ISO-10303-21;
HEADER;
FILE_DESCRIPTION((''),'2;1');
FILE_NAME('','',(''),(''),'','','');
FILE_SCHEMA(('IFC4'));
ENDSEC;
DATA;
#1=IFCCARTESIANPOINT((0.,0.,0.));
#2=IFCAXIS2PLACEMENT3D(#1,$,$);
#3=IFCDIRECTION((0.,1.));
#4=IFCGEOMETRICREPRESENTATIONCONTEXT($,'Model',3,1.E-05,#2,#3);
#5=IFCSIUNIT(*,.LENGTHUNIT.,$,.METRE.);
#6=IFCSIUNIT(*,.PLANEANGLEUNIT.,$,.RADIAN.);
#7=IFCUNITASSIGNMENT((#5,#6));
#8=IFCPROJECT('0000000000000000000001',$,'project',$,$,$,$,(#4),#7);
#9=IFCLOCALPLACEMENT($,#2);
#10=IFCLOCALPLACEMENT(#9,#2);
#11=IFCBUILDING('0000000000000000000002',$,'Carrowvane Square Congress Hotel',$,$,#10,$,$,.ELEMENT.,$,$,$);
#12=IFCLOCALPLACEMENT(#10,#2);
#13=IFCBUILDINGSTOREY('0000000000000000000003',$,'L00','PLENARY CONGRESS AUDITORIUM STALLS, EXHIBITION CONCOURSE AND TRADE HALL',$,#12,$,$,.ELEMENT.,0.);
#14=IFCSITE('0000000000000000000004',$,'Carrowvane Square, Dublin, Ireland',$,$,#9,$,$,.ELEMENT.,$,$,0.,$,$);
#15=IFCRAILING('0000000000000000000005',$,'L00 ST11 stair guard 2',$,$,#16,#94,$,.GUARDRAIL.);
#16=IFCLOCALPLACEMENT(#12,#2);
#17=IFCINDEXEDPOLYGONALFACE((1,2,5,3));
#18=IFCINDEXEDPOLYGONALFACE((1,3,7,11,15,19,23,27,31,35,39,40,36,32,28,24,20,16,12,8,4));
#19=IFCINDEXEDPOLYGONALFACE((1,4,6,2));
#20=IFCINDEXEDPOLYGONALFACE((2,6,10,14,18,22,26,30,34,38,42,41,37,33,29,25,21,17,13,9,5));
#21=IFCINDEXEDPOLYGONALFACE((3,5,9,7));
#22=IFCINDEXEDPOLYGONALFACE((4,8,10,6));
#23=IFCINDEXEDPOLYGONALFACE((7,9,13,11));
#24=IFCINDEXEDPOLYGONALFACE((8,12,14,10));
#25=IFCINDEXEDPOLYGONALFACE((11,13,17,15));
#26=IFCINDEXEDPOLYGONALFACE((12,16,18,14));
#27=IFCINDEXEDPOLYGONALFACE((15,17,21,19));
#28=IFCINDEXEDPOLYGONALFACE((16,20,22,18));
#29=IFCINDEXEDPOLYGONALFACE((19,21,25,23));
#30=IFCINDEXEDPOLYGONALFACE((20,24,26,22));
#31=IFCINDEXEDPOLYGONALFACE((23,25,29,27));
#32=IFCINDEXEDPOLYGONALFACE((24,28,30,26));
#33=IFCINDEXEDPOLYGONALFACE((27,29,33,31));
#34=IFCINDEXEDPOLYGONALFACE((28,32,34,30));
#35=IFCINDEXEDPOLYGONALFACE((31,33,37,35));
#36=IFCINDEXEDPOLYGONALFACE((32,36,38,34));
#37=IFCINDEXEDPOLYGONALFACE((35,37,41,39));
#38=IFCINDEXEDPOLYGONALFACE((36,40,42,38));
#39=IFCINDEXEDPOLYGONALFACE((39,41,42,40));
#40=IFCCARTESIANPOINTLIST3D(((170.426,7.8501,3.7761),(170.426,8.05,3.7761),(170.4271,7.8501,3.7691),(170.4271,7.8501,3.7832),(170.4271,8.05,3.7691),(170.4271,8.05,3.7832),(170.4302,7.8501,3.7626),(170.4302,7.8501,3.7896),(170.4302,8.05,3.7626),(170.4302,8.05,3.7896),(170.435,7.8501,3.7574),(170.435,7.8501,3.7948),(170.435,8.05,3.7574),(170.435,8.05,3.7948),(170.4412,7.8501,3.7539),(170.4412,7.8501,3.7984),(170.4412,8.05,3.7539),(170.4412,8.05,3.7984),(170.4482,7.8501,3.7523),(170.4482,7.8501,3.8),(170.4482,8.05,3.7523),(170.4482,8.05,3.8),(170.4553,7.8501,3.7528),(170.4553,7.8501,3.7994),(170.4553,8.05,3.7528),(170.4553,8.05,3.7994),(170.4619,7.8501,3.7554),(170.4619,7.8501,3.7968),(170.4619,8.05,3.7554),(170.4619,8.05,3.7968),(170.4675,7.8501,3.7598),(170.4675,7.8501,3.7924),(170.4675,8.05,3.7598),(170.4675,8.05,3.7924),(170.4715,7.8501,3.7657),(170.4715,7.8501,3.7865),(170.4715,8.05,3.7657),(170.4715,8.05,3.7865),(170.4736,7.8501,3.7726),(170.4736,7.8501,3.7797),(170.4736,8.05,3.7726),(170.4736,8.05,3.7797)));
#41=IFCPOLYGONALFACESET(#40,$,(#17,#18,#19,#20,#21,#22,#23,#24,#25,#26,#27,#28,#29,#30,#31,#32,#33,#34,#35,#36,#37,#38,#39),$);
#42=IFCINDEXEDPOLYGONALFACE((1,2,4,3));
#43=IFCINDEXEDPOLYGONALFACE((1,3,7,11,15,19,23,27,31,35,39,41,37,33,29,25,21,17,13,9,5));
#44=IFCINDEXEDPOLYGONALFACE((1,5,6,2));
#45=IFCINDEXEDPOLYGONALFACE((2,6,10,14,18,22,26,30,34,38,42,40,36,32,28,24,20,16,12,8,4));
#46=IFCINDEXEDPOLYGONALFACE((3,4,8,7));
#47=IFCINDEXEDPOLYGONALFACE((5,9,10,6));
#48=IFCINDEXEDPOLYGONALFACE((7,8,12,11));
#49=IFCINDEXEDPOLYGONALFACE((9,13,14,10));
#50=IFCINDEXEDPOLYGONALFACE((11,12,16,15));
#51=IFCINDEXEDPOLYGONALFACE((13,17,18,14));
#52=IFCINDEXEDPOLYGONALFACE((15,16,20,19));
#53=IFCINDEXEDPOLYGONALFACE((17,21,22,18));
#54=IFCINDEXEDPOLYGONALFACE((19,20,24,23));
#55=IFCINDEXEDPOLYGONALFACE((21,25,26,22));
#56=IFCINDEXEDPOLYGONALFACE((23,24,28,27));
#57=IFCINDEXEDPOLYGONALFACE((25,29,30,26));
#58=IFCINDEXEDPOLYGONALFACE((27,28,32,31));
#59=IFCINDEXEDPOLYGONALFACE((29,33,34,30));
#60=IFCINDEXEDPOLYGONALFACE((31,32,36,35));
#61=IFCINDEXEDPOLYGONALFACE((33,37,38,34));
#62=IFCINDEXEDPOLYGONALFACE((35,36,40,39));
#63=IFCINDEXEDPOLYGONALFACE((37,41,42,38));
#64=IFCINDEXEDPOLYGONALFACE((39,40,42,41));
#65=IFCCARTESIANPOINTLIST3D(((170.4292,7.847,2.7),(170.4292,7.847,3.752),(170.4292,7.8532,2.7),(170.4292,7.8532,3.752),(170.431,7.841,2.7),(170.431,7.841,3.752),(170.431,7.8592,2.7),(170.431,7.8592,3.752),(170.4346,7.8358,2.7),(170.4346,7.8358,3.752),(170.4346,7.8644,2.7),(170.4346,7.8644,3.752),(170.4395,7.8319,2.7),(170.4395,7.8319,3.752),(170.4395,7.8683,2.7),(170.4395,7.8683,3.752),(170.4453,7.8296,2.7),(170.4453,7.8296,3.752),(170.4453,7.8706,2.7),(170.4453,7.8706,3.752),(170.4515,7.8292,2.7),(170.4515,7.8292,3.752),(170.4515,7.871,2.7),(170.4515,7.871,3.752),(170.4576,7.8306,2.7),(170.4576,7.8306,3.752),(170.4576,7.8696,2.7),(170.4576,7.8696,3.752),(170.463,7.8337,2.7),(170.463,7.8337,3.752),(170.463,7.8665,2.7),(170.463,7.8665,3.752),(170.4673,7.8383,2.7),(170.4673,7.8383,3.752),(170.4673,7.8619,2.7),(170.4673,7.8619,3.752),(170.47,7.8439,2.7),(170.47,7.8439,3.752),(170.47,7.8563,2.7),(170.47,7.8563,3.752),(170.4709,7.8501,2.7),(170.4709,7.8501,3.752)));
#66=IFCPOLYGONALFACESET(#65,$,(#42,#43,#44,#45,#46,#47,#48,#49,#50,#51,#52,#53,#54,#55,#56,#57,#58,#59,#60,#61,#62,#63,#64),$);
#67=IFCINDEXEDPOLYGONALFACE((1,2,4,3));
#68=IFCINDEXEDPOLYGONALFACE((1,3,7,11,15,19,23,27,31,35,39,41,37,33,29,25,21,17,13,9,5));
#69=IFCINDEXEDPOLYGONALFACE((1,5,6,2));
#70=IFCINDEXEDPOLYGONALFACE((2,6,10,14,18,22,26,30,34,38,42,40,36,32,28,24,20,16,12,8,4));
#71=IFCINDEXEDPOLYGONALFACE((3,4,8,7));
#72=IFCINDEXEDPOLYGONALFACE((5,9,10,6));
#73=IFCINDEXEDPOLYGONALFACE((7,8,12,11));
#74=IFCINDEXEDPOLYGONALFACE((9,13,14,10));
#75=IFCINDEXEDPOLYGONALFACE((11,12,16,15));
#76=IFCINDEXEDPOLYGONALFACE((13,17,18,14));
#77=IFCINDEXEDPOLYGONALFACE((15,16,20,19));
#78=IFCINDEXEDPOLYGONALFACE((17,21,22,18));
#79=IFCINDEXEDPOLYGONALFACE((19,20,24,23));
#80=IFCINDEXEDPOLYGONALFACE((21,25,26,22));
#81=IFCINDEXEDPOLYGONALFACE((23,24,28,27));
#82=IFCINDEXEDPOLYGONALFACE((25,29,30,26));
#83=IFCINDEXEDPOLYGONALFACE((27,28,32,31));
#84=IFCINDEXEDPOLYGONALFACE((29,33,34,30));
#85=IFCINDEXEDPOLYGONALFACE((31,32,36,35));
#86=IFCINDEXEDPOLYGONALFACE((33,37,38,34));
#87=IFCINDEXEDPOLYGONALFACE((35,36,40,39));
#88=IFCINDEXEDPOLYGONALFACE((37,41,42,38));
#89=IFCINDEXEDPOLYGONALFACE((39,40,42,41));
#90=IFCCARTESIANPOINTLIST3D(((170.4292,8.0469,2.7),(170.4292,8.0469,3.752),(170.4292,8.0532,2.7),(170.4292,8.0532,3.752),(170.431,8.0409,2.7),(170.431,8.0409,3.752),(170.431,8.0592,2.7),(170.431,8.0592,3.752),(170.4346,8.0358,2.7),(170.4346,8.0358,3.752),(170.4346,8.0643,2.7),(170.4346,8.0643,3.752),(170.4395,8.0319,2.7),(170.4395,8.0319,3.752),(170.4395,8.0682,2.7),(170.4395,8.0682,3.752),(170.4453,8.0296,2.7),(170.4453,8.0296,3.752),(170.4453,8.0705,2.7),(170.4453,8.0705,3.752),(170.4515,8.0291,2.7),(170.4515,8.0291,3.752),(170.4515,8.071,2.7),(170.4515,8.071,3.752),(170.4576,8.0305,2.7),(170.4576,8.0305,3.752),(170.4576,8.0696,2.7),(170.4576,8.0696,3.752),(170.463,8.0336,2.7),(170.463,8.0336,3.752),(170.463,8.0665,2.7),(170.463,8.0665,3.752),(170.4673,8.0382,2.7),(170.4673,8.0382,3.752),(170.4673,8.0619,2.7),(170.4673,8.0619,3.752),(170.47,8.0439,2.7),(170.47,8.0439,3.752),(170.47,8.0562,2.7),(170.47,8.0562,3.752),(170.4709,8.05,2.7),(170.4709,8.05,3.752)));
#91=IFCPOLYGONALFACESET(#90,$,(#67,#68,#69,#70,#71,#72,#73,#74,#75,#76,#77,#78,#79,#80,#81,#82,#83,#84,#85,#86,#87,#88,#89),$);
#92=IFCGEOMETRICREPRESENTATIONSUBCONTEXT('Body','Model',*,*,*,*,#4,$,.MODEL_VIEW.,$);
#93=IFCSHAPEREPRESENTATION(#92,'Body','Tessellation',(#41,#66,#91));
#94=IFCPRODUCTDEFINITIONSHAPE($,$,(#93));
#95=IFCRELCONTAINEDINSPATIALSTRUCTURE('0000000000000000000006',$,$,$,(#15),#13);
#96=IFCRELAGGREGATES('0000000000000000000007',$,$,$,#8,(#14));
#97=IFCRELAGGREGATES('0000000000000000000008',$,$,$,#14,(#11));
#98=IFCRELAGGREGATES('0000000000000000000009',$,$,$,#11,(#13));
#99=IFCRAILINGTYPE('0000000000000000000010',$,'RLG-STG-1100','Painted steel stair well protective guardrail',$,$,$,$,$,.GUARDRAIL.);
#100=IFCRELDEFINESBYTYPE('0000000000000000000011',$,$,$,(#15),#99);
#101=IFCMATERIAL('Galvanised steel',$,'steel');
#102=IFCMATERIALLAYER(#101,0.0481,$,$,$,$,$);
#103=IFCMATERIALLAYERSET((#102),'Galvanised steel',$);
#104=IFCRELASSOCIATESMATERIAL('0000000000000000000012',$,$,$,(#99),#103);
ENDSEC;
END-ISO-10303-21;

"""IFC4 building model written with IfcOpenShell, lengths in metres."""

from ifc_helpers import new_model, si_unit, direction, frame, origin, origin_2d, place, context, subcontext, project, spatial, circle, extrude, material, layer, layer_set, type_object, element, save


model = new_model("IFC4")

# Units and contexts
model_context = context("Model", 3, precision=1e-05, world=origin(), true_north=direction((0.0, 1.0)))
body_context = subcontext(model_context, "Body", "Model", "MODEL_VIEW")
ifc_project = project(units=[si_unit("LENGTHUNIT", "METRE"), si_unit("PLANEANGLEUNIT", "RADIAN")], contexts=[model_context])

# Site, building, storey
site_placement = place(None, origin())
site = spatial("IfcSite", under=ifc_project, at=site_placement, Name="Carrowvane Square, Dublin, Ireland", CompositionType="ELEMENT", RefElevation=0.0)
building_placement = place(site_placement, origin())
building = spatial("IfcBuilding", under=site, at=building_placement, Name="Carrowvane Square Congress Hotel", CompositionType="ELEMENT")
storey_placement = place(building_placement, origin())
storey = spatial("IfcBuildingStorey", under=building, at=storey_placement, Name="L00", Description="PLENARY CONGRESS AUDITORIUM STALLS, EXHIBITION CONCOURSE AND TRADE HALL", CompositionType="ELEMENT", Elevation=0.0)

# Railing
ifc_material_1 = material(Name="Galvanised steel", Category="steel")
ifc_layer_1 = layer(ifc_material_1, 0.0481)
ifc_layer_set_1 = layer_set([ifc_layer_1], Name="Galvanised steel")
railing_type_1 = type_object("IfcRailingType", Name="RLG-STG-1100", Description="Painted steel stair well protective guardrail", PredefinedType="GUARDRAIL", material=ifc_layer_set_1)
railing_1_placement = place(storey_placement, frame((170.45, 7.8501, 2.7)))
element("IfcRailing", 1, at=railing_1_placement, inside=storey, type_object=railing_type_1, Name="L00 ST11 stair guard 2", PredefinedType="GUARDRAIL", context=body_context, shape_type="SweptSolid", body=[
    extrude(circle(Radius=0.0239, at=origin_2d()), frame((0.0, 0.0, 1.0762), z_axis=(0.0, 1.0, 0.0), x_axis=(-1.0, 0.0, 0.0)), (0.0, 0.0, 1.0), 0.2),
    extrude(circle(Radius=0.021, at=origin_2d()), origin(), (0.0, 0.0, 1.0), 1.052),
    extrude(circle(Radius=0.021, at=origin_2d()), frame((0.0, 0.2, 0.0)), (0.0, 0.0, 1.0), 1.052),
])

save(model, "model.ifc")
